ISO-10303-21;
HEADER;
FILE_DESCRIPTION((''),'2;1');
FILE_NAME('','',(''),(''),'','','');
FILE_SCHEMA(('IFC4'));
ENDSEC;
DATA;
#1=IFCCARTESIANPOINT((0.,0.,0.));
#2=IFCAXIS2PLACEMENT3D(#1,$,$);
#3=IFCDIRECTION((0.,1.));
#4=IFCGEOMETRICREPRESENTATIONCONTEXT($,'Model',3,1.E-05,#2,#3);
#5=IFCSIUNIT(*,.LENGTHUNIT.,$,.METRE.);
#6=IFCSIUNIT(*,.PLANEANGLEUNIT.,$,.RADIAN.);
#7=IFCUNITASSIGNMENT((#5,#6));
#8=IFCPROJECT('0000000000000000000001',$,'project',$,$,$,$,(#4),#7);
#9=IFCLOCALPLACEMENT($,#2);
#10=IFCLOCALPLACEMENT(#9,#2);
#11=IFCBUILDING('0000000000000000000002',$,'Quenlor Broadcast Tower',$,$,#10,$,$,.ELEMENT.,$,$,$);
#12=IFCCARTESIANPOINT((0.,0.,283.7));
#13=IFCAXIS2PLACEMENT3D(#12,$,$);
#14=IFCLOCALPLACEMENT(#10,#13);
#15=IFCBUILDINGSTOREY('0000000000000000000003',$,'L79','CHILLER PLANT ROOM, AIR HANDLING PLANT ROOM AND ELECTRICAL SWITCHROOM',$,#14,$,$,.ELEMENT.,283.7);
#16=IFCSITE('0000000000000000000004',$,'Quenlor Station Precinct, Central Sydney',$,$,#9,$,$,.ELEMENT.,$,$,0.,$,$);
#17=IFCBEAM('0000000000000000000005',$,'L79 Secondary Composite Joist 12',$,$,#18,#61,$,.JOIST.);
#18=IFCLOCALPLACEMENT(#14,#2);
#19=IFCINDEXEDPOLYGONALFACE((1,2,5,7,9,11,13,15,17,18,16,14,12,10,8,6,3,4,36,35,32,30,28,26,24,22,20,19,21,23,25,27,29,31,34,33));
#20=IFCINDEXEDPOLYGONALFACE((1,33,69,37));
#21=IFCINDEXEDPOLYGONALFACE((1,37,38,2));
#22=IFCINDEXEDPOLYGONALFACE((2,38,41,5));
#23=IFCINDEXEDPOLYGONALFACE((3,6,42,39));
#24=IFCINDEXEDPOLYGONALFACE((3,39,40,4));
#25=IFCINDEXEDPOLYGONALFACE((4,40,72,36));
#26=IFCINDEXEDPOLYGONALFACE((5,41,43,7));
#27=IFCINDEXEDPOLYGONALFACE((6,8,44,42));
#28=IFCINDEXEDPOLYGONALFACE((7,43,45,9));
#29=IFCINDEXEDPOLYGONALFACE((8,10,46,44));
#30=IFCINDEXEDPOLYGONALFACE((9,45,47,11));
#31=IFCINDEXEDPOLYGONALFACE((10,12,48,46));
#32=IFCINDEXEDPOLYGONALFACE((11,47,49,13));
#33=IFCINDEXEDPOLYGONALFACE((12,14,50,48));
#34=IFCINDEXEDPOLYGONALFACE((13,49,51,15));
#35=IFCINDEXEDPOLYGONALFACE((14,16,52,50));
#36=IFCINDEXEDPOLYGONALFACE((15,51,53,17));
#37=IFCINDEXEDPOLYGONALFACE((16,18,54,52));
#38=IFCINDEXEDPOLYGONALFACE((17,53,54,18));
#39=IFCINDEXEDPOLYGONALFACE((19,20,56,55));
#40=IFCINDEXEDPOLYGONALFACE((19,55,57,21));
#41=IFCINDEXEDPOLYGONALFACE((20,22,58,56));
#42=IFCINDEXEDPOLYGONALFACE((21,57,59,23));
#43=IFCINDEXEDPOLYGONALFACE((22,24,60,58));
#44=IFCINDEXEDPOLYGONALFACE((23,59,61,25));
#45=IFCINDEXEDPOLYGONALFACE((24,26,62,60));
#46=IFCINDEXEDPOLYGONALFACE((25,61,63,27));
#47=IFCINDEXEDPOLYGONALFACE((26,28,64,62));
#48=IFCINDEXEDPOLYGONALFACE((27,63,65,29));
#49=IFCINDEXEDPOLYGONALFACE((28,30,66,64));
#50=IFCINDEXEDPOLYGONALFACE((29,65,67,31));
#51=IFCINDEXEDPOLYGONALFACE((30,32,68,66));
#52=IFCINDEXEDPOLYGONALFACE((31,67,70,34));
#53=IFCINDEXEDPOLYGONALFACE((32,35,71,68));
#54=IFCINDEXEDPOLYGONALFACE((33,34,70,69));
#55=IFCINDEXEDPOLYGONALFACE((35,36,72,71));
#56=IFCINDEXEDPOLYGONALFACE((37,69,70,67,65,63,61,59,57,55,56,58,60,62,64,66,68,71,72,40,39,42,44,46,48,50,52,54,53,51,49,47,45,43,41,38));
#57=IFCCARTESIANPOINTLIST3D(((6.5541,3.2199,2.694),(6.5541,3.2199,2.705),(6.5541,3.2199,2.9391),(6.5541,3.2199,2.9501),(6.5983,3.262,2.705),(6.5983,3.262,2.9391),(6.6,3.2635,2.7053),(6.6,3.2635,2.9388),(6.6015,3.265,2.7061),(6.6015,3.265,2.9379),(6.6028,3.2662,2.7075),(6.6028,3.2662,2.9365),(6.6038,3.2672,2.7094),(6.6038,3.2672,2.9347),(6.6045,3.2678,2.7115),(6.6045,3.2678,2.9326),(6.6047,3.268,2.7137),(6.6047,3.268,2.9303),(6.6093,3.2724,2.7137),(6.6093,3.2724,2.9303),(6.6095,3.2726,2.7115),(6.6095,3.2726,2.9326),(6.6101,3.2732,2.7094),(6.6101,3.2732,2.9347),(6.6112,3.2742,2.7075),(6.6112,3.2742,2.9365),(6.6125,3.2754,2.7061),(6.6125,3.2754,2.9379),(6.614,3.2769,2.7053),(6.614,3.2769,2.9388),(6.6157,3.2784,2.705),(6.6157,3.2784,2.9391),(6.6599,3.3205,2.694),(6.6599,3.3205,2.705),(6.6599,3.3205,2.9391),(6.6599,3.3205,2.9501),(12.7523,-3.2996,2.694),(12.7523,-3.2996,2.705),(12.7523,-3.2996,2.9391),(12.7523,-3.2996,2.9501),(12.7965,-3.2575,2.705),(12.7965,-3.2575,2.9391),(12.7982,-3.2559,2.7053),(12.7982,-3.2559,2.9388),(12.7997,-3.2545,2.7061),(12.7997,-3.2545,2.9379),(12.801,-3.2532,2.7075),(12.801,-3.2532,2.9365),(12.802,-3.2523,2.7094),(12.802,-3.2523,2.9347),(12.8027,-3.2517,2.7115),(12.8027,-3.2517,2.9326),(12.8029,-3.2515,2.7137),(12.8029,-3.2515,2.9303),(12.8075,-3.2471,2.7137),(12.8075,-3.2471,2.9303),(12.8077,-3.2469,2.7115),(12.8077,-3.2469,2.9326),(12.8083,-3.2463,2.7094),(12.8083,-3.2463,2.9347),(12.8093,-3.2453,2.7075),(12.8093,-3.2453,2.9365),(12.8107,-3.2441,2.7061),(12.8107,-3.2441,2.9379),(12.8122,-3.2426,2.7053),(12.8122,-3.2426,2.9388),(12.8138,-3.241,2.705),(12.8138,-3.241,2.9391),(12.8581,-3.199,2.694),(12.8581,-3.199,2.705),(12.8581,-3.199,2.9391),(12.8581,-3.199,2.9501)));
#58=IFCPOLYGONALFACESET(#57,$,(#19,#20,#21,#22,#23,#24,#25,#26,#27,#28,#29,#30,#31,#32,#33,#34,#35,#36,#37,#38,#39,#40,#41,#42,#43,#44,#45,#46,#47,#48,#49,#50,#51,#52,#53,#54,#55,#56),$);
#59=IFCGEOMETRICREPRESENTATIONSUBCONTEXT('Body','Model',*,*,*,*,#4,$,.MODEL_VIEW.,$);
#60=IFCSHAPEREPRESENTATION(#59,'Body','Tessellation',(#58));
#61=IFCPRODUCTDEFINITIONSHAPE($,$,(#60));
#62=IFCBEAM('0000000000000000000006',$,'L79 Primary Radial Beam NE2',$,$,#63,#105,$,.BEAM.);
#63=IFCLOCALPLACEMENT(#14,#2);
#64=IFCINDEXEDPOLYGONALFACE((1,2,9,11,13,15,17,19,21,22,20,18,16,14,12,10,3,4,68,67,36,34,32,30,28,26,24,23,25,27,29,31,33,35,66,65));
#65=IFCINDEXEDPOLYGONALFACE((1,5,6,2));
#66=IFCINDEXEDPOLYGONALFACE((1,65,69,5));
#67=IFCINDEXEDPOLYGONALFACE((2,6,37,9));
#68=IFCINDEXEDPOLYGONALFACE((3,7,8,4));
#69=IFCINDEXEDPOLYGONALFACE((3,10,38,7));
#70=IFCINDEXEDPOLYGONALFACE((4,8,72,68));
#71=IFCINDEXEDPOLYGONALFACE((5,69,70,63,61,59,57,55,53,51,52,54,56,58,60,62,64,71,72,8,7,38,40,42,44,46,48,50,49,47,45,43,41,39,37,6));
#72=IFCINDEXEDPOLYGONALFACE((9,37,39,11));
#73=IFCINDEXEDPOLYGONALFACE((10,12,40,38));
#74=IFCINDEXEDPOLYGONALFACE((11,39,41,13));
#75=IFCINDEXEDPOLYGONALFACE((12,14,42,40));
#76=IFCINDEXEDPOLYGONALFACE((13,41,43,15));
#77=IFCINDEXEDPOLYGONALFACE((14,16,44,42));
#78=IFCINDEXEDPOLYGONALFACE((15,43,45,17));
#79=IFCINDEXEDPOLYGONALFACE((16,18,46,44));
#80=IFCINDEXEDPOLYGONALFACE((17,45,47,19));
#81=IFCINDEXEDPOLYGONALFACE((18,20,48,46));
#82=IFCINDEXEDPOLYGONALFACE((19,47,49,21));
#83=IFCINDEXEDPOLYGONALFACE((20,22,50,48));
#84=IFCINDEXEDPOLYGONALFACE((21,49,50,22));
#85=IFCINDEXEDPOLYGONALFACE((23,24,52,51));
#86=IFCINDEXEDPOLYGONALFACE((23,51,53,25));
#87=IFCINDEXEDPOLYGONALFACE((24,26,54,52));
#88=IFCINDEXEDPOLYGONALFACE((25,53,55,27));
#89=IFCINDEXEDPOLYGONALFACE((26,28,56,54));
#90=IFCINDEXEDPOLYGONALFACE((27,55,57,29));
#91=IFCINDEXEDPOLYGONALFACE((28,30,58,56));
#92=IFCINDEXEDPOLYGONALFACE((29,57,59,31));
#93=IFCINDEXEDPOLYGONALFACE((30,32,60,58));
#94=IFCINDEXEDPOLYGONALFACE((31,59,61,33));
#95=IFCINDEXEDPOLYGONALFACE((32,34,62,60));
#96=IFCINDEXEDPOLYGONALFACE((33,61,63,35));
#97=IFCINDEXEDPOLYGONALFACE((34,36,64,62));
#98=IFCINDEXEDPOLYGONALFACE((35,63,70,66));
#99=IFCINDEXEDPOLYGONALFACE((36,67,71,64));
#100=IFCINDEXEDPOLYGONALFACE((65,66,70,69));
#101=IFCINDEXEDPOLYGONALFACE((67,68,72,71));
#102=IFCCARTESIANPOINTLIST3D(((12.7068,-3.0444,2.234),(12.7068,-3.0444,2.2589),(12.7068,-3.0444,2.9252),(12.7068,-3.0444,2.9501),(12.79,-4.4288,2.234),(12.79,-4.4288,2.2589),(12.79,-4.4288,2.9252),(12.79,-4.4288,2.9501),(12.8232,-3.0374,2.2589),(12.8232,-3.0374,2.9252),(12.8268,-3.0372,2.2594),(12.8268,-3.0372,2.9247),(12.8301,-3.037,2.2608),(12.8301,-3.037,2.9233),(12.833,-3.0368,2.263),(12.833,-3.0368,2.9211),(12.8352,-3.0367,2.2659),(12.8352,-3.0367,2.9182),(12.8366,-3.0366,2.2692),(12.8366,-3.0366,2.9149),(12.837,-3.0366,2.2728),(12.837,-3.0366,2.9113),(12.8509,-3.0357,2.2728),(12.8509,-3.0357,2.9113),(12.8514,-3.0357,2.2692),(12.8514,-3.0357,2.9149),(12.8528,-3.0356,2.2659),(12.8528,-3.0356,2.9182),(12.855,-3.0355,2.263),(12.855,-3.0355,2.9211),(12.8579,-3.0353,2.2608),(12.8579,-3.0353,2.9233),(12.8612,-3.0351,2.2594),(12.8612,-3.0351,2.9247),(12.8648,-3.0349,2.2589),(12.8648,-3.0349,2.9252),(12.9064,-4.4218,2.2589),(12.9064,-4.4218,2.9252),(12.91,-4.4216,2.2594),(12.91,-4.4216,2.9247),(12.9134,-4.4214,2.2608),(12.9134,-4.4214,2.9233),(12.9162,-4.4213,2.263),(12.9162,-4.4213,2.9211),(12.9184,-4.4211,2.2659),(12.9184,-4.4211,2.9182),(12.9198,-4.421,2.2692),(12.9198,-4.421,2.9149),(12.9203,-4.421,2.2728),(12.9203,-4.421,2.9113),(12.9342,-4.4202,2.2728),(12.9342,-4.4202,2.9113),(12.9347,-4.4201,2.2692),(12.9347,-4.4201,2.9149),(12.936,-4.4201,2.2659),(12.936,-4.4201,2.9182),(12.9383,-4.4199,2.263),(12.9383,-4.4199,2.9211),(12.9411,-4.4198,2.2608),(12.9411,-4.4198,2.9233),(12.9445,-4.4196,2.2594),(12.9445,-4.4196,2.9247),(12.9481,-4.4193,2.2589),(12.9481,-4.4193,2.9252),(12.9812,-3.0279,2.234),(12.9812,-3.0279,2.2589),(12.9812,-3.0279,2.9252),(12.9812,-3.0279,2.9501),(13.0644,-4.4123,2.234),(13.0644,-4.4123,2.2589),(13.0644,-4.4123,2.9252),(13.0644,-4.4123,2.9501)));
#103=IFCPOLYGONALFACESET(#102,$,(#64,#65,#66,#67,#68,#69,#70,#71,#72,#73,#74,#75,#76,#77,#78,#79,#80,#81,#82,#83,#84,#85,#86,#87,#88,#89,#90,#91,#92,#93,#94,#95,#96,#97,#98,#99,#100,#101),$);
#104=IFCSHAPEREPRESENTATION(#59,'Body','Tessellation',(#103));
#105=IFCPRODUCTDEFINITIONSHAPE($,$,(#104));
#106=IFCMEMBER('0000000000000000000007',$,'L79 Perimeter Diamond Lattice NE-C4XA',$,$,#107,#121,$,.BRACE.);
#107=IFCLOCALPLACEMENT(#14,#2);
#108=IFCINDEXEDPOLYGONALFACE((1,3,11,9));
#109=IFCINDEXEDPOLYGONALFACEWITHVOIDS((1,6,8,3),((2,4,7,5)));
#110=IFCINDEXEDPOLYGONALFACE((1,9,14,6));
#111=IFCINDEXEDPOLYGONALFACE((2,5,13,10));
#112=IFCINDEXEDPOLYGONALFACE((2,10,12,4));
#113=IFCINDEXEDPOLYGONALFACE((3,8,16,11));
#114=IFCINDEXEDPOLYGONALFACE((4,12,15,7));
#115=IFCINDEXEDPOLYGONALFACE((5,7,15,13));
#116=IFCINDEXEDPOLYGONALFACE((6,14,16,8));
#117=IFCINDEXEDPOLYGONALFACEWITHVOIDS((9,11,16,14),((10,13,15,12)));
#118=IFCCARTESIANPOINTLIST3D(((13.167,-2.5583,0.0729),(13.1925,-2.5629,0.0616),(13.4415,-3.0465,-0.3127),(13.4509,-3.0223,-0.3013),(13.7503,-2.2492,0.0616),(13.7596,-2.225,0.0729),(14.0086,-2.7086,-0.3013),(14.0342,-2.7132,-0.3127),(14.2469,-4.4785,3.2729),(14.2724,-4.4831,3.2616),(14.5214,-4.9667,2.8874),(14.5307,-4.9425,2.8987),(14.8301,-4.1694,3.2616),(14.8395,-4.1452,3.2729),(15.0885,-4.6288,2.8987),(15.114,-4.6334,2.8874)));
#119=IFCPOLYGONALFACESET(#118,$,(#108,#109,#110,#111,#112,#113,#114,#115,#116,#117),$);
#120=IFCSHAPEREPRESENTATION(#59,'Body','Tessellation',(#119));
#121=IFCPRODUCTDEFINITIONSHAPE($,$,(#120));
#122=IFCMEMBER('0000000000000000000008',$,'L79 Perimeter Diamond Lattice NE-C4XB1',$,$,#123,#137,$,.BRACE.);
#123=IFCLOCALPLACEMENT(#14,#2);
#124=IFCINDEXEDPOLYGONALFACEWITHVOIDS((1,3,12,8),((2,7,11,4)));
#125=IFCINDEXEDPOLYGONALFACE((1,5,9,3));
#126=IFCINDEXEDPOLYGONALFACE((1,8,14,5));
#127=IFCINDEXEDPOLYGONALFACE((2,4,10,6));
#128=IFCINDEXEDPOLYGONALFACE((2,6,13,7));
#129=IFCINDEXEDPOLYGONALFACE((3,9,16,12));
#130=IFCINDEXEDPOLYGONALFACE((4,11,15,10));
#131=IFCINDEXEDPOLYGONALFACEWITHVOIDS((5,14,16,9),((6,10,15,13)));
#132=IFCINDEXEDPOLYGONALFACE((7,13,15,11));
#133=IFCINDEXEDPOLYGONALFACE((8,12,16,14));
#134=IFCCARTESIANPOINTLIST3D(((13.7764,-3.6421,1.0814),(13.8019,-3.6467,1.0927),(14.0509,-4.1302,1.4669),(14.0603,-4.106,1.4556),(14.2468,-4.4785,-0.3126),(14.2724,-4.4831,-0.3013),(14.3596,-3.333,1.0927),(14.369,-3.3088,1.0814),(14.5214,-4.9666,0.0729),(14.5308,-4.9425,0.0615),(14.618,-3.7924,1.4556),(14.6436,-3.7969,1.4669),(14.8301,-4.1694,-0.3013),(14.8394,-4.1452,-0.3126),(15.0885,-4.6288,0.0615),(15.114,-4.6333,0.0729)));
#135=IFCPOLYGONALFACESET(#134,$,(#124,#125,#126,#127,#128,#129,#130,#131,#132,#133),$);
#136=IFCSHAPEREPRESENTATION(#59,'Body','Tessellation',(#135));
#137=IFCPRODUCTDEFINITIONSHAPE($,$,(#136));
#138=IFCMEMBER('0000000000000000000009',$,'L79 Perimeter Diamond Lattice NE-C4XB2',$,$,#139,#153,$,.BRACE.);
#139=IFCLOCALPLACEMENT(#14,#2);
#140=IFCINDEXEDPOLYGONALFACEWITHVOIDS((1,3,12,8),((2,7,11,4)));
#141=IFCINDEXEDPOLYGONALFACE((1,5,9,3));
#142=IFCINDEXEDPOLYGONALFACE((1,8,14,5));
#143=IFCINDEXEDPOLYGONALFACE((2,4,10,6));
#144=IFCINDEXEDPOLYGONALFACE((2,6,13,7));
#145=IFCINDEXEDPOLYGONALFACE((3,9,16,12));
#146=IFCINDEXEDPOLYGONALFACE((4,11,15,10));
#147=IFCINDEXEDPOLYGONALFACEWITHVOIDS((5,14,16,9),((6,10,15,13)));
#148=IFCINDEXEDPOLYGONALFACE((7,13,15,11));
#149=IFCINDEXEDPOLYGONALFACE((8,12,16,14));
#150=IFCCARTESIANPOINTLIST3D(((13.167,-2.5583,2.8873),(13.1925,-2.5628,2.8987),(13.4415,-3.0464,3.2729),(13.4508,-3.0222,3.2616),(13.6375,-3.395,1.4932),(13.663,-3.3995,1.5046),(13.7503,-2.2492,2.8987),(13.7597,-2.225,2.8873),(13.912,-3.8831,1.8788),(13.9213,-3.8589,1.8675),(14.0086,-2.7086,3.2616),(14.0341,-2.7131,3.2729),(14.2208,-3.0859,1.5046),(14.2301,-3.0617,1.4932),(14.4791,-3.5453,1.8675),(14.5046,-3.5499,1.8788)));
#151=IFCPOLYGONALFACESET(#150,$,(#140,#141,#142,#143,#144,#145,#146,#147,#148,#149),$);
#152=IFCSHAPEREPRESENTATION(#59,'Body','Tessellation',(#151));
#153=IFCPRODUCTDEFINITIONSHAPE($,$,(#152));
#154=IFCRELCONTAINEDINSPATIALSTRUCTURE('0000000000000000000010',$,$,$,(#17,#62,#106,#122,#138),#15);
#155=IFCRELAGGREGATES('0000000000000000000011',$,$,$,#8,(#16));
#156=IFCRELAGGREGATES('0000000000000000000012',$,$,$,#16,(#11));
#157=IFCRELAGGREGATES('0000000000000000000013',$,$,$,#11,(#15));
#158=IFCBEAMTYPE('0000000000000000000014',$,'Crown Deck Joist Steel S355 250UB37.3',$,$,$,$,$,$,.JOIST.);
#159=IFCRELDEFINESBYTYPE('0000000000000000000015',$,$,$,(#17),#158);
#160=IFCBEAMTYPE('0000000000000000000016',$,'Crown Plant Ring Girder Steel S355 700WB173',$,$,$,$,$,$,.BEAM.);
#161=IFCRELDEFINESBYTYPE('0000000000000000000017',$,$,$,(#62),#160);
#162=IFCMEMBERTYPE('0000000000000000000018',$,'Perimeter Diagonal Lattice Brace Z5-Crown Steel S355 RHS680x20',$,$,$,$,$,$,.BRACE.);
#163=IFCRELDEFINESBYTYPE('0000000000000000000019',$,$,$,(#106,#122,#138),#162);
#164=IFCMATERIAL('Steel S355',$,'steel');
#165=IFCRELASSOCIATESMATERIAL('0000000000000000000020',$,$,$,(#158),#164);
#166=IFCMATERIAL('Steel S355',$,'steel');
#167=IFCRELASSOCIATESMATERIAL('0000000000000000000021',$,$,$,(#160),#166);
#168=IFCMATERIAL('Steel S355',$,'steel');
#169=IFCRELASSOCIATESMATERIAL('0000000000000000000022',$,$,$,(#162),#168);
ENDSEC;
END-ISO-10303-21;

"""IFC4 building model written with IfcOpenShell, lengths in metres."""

from ifc_helpers import new_model, si_unit, direction, frame, origin, origin_2d, place, context, subcontext, project, spatial, hollow_rectangle, i_section, extrude, material, material_profile, profile_set, type_object, element, save


model = new_model("IFC4")

# Units and contexts
model_context = context("Model", 3, precision=1e-05, world=origin(), true_north=direction((0.0, 1.0)))
body_context = subcontext(model_context, "Body", "Model", "MODEL_VIEW")
ifc_project = project(units=[si_unit("LENGTHUNIT", "METRE"), si_unit("PLANEANGLEUNIT", "RADIAN")], contexts=[model_context])

# Site, building, storey
site_placement = place(None, origin())
site = spatial("IfcSite", under=ifc_project, at=site_placement, Name="Quenlor Station Precinct, Central Sydney", CompositionType="ELEMENT", RefElevation=0.0)
building_placement = place(site_placement, origin())
building = spatial("IfcBuilding", under=site, at=building_placement, Name="Quenlor Broadcast Tower", CompositionType="ELEMENT")
storey_placement = place(building_placement, frame((0.0, 0.0, 283.7)))
storey = spatial("IfcBuildingStorey", under=building, at=storey_placement, Name="L79", Description="CHILLER PLANT ROOM, AIR HANDLING PLANT ROOM AND ELECTRICAL SWITCHROOM", CompositionType="ELEMENT", Elevation=283.7)

# Beams
ifc_material_1 = material(Name="Steel S355", Category="steel")
ifc_material_profile_1 = material_profile(ifc_material_1, i_section(OverallWidth=0.146, OverallDepth=0.2561, WebThickness=0.0063, FlangeThickness=0.011, FilletRadius=0.0088, at=origin_2d()))
ifc_profile_set_1 = profile_set([ifc_material_profile_1], Name="Steel S355 250UB37.3")
beam_type_1 = type_object("IfcBeamType", Name="Crown Deck Joist Steel S355 250UB37.3", PredefinedType="JOIST", material=ifc_profile_set_1)
beam_1_placement = place(storey_placement, frame((12.8052, -3.2493, 2.822), z_axis=(-0.689023, 0.724739, 0.0), x_axis=(-0.724739, -0.689023, 0.0)))
element("IfcBeam", 1, at=beam_1_placement, inside=storey, type_object=beam_type_1, Name="L79 Secondary Composite Joist 12", PredefinedType="JOIST", context=body_context, shape_type="SweptSolid", body=[
    extrude(i_section(OverallWidth=0.146, OverallDepth=0.2561, WebThickness=0.0063, FlangeThickness=0.011, FilletRadius=0.0088, at=origin_2d()), origin(), (0.0, 0.0, 1.0), 8.9956),
])
ifc_material_2 = material(Name="Steel S355", Category="steel")
ifc_material_profile_2 = material_profile(ifc_material_2, i_section(OverallWidth=0.2749, OverallDepth=0.7161, WebThickness=0.0139, FlangeThickness=0.0249, FilletRadius=0.0139, at=origin_2d()))
ifc_profile_set_2 = profile_set([ifc_material_profile_2], Name="Steel S355 700WB173")
beam_type_2 = type_object("IfcBeamType", Name="Crown Plant Ring Girder Steel S355 700WB173", PredefinedType="BEAM", material=ifc_profile_set_2)
beam_2_placement = place(storey_placement, frame((12.844, -3.0361, 2.592), z_axis=(0.060022, -0.998197, 0.0), x_axis=(0.998197, 0.060022, 0.0)))
element("IfcBeam", 2, at=beam_2_placement, inside=storey, type_object=beam_type_2, Name="L79 Primary Radial Beam NE2", PredefinedType="BEAM", context=body_context, shape_type="SweptSolid", body=[
    extrude(i_section(OverallWidth=0.2749, OverallDepth=0.7161, WebThickness=0.0139, FlangeThickness=0.0249, FilletRadius=0.0139, at=origin_2d()), origin(), (0.0, 0.0, 1.0), 1.387),
])

# Members
ifc_material_3 = material(Name="Steel S355", Category="steel")
ifc_material_profile_3 = material_profile(ifc_material_3, hollow_rectangle(XDim=0.6799, YDim=0.6799, WallThickness=0.02, at=origin_2d()))
ifc_profile_set_3 = profile_set([ifc_material_profile_3], Name="Steel S355 RHS680x680x20")
member_type_1 = type_object("IfcMemberType", Name="Perimeter Diagonal Lattice Brace Z5-Crown Steel S355 RHS680x20", PredefinedType="BRACE", material=ifc_profile_set_3)
member_1_placement = place(storey_placement, frame((13.6006, -2.6357, -0.1199), z_axis=(0.277954, -0.494259, 0.823681), x_axis=(0.871626, 0.490172, 0.0)))
element("IfcMember", 3, at=member_1_placement, inside=storey, type_object=member_type_1, Name="L79 Perimeter Diamond Lattice NE-C4XA", PredefinedType="BRACE", context=body_context, shape_type="SweptSolid", body=[
    extrude(hollow_rectangle(XDim=0.6799, YDim=0.6799, WallThickness=0.02, at=origin_2d()), origin(), (0.0, 0.0, 1.0), 3.885),
])
member_2_placement = place(storey_placement, frame((14.6804, -4.5559, -0.1199), z_axis=(-0.27798, 0.494218, 0.823697), x_axis=(-0.871589, -0.490237, 0.0)))
element("IfcMember", 4, at=member_2_placement, inside=storey, type_object=member_type_1, Name="L79 Perimeter Diamond Lattice NE-C4XB1", PredefinedType="BRACE", context=body_context, shape_type="SweptSolid", body=[
    extrude(hollow_rectangle(XDim=0.6799, YDim=0.6799, WallThickness=0.02, at=origin_2d()), origin(), (0.0, 0.0, 1.0), 1.6924),
])
member_3_placement = place(storey_placement, frame((14.071, -3.4724, 1.686), z_axis=(-0.27796, 0.494327, 0.823638), x_axis=(-0.87165, -0.490128, 0.0)))
element("IfcMember", 5, at=member_3_placement, inside=storey, type_object=member_type_1, Name="L79 Perimeter Diamond Lattice NE-C4XB2", PredefinedType="BRACE", context=body_context, shape_type="SweptSolid", body=[
    extrude(hollow_rectangle(XDim=0.6799, YDim=0.6799, WallThickness=0.02, at=origin_2d()), origin(), (0.0, 0.0, 1.0), 1.6926),
])

save(model, "model.ifc")
